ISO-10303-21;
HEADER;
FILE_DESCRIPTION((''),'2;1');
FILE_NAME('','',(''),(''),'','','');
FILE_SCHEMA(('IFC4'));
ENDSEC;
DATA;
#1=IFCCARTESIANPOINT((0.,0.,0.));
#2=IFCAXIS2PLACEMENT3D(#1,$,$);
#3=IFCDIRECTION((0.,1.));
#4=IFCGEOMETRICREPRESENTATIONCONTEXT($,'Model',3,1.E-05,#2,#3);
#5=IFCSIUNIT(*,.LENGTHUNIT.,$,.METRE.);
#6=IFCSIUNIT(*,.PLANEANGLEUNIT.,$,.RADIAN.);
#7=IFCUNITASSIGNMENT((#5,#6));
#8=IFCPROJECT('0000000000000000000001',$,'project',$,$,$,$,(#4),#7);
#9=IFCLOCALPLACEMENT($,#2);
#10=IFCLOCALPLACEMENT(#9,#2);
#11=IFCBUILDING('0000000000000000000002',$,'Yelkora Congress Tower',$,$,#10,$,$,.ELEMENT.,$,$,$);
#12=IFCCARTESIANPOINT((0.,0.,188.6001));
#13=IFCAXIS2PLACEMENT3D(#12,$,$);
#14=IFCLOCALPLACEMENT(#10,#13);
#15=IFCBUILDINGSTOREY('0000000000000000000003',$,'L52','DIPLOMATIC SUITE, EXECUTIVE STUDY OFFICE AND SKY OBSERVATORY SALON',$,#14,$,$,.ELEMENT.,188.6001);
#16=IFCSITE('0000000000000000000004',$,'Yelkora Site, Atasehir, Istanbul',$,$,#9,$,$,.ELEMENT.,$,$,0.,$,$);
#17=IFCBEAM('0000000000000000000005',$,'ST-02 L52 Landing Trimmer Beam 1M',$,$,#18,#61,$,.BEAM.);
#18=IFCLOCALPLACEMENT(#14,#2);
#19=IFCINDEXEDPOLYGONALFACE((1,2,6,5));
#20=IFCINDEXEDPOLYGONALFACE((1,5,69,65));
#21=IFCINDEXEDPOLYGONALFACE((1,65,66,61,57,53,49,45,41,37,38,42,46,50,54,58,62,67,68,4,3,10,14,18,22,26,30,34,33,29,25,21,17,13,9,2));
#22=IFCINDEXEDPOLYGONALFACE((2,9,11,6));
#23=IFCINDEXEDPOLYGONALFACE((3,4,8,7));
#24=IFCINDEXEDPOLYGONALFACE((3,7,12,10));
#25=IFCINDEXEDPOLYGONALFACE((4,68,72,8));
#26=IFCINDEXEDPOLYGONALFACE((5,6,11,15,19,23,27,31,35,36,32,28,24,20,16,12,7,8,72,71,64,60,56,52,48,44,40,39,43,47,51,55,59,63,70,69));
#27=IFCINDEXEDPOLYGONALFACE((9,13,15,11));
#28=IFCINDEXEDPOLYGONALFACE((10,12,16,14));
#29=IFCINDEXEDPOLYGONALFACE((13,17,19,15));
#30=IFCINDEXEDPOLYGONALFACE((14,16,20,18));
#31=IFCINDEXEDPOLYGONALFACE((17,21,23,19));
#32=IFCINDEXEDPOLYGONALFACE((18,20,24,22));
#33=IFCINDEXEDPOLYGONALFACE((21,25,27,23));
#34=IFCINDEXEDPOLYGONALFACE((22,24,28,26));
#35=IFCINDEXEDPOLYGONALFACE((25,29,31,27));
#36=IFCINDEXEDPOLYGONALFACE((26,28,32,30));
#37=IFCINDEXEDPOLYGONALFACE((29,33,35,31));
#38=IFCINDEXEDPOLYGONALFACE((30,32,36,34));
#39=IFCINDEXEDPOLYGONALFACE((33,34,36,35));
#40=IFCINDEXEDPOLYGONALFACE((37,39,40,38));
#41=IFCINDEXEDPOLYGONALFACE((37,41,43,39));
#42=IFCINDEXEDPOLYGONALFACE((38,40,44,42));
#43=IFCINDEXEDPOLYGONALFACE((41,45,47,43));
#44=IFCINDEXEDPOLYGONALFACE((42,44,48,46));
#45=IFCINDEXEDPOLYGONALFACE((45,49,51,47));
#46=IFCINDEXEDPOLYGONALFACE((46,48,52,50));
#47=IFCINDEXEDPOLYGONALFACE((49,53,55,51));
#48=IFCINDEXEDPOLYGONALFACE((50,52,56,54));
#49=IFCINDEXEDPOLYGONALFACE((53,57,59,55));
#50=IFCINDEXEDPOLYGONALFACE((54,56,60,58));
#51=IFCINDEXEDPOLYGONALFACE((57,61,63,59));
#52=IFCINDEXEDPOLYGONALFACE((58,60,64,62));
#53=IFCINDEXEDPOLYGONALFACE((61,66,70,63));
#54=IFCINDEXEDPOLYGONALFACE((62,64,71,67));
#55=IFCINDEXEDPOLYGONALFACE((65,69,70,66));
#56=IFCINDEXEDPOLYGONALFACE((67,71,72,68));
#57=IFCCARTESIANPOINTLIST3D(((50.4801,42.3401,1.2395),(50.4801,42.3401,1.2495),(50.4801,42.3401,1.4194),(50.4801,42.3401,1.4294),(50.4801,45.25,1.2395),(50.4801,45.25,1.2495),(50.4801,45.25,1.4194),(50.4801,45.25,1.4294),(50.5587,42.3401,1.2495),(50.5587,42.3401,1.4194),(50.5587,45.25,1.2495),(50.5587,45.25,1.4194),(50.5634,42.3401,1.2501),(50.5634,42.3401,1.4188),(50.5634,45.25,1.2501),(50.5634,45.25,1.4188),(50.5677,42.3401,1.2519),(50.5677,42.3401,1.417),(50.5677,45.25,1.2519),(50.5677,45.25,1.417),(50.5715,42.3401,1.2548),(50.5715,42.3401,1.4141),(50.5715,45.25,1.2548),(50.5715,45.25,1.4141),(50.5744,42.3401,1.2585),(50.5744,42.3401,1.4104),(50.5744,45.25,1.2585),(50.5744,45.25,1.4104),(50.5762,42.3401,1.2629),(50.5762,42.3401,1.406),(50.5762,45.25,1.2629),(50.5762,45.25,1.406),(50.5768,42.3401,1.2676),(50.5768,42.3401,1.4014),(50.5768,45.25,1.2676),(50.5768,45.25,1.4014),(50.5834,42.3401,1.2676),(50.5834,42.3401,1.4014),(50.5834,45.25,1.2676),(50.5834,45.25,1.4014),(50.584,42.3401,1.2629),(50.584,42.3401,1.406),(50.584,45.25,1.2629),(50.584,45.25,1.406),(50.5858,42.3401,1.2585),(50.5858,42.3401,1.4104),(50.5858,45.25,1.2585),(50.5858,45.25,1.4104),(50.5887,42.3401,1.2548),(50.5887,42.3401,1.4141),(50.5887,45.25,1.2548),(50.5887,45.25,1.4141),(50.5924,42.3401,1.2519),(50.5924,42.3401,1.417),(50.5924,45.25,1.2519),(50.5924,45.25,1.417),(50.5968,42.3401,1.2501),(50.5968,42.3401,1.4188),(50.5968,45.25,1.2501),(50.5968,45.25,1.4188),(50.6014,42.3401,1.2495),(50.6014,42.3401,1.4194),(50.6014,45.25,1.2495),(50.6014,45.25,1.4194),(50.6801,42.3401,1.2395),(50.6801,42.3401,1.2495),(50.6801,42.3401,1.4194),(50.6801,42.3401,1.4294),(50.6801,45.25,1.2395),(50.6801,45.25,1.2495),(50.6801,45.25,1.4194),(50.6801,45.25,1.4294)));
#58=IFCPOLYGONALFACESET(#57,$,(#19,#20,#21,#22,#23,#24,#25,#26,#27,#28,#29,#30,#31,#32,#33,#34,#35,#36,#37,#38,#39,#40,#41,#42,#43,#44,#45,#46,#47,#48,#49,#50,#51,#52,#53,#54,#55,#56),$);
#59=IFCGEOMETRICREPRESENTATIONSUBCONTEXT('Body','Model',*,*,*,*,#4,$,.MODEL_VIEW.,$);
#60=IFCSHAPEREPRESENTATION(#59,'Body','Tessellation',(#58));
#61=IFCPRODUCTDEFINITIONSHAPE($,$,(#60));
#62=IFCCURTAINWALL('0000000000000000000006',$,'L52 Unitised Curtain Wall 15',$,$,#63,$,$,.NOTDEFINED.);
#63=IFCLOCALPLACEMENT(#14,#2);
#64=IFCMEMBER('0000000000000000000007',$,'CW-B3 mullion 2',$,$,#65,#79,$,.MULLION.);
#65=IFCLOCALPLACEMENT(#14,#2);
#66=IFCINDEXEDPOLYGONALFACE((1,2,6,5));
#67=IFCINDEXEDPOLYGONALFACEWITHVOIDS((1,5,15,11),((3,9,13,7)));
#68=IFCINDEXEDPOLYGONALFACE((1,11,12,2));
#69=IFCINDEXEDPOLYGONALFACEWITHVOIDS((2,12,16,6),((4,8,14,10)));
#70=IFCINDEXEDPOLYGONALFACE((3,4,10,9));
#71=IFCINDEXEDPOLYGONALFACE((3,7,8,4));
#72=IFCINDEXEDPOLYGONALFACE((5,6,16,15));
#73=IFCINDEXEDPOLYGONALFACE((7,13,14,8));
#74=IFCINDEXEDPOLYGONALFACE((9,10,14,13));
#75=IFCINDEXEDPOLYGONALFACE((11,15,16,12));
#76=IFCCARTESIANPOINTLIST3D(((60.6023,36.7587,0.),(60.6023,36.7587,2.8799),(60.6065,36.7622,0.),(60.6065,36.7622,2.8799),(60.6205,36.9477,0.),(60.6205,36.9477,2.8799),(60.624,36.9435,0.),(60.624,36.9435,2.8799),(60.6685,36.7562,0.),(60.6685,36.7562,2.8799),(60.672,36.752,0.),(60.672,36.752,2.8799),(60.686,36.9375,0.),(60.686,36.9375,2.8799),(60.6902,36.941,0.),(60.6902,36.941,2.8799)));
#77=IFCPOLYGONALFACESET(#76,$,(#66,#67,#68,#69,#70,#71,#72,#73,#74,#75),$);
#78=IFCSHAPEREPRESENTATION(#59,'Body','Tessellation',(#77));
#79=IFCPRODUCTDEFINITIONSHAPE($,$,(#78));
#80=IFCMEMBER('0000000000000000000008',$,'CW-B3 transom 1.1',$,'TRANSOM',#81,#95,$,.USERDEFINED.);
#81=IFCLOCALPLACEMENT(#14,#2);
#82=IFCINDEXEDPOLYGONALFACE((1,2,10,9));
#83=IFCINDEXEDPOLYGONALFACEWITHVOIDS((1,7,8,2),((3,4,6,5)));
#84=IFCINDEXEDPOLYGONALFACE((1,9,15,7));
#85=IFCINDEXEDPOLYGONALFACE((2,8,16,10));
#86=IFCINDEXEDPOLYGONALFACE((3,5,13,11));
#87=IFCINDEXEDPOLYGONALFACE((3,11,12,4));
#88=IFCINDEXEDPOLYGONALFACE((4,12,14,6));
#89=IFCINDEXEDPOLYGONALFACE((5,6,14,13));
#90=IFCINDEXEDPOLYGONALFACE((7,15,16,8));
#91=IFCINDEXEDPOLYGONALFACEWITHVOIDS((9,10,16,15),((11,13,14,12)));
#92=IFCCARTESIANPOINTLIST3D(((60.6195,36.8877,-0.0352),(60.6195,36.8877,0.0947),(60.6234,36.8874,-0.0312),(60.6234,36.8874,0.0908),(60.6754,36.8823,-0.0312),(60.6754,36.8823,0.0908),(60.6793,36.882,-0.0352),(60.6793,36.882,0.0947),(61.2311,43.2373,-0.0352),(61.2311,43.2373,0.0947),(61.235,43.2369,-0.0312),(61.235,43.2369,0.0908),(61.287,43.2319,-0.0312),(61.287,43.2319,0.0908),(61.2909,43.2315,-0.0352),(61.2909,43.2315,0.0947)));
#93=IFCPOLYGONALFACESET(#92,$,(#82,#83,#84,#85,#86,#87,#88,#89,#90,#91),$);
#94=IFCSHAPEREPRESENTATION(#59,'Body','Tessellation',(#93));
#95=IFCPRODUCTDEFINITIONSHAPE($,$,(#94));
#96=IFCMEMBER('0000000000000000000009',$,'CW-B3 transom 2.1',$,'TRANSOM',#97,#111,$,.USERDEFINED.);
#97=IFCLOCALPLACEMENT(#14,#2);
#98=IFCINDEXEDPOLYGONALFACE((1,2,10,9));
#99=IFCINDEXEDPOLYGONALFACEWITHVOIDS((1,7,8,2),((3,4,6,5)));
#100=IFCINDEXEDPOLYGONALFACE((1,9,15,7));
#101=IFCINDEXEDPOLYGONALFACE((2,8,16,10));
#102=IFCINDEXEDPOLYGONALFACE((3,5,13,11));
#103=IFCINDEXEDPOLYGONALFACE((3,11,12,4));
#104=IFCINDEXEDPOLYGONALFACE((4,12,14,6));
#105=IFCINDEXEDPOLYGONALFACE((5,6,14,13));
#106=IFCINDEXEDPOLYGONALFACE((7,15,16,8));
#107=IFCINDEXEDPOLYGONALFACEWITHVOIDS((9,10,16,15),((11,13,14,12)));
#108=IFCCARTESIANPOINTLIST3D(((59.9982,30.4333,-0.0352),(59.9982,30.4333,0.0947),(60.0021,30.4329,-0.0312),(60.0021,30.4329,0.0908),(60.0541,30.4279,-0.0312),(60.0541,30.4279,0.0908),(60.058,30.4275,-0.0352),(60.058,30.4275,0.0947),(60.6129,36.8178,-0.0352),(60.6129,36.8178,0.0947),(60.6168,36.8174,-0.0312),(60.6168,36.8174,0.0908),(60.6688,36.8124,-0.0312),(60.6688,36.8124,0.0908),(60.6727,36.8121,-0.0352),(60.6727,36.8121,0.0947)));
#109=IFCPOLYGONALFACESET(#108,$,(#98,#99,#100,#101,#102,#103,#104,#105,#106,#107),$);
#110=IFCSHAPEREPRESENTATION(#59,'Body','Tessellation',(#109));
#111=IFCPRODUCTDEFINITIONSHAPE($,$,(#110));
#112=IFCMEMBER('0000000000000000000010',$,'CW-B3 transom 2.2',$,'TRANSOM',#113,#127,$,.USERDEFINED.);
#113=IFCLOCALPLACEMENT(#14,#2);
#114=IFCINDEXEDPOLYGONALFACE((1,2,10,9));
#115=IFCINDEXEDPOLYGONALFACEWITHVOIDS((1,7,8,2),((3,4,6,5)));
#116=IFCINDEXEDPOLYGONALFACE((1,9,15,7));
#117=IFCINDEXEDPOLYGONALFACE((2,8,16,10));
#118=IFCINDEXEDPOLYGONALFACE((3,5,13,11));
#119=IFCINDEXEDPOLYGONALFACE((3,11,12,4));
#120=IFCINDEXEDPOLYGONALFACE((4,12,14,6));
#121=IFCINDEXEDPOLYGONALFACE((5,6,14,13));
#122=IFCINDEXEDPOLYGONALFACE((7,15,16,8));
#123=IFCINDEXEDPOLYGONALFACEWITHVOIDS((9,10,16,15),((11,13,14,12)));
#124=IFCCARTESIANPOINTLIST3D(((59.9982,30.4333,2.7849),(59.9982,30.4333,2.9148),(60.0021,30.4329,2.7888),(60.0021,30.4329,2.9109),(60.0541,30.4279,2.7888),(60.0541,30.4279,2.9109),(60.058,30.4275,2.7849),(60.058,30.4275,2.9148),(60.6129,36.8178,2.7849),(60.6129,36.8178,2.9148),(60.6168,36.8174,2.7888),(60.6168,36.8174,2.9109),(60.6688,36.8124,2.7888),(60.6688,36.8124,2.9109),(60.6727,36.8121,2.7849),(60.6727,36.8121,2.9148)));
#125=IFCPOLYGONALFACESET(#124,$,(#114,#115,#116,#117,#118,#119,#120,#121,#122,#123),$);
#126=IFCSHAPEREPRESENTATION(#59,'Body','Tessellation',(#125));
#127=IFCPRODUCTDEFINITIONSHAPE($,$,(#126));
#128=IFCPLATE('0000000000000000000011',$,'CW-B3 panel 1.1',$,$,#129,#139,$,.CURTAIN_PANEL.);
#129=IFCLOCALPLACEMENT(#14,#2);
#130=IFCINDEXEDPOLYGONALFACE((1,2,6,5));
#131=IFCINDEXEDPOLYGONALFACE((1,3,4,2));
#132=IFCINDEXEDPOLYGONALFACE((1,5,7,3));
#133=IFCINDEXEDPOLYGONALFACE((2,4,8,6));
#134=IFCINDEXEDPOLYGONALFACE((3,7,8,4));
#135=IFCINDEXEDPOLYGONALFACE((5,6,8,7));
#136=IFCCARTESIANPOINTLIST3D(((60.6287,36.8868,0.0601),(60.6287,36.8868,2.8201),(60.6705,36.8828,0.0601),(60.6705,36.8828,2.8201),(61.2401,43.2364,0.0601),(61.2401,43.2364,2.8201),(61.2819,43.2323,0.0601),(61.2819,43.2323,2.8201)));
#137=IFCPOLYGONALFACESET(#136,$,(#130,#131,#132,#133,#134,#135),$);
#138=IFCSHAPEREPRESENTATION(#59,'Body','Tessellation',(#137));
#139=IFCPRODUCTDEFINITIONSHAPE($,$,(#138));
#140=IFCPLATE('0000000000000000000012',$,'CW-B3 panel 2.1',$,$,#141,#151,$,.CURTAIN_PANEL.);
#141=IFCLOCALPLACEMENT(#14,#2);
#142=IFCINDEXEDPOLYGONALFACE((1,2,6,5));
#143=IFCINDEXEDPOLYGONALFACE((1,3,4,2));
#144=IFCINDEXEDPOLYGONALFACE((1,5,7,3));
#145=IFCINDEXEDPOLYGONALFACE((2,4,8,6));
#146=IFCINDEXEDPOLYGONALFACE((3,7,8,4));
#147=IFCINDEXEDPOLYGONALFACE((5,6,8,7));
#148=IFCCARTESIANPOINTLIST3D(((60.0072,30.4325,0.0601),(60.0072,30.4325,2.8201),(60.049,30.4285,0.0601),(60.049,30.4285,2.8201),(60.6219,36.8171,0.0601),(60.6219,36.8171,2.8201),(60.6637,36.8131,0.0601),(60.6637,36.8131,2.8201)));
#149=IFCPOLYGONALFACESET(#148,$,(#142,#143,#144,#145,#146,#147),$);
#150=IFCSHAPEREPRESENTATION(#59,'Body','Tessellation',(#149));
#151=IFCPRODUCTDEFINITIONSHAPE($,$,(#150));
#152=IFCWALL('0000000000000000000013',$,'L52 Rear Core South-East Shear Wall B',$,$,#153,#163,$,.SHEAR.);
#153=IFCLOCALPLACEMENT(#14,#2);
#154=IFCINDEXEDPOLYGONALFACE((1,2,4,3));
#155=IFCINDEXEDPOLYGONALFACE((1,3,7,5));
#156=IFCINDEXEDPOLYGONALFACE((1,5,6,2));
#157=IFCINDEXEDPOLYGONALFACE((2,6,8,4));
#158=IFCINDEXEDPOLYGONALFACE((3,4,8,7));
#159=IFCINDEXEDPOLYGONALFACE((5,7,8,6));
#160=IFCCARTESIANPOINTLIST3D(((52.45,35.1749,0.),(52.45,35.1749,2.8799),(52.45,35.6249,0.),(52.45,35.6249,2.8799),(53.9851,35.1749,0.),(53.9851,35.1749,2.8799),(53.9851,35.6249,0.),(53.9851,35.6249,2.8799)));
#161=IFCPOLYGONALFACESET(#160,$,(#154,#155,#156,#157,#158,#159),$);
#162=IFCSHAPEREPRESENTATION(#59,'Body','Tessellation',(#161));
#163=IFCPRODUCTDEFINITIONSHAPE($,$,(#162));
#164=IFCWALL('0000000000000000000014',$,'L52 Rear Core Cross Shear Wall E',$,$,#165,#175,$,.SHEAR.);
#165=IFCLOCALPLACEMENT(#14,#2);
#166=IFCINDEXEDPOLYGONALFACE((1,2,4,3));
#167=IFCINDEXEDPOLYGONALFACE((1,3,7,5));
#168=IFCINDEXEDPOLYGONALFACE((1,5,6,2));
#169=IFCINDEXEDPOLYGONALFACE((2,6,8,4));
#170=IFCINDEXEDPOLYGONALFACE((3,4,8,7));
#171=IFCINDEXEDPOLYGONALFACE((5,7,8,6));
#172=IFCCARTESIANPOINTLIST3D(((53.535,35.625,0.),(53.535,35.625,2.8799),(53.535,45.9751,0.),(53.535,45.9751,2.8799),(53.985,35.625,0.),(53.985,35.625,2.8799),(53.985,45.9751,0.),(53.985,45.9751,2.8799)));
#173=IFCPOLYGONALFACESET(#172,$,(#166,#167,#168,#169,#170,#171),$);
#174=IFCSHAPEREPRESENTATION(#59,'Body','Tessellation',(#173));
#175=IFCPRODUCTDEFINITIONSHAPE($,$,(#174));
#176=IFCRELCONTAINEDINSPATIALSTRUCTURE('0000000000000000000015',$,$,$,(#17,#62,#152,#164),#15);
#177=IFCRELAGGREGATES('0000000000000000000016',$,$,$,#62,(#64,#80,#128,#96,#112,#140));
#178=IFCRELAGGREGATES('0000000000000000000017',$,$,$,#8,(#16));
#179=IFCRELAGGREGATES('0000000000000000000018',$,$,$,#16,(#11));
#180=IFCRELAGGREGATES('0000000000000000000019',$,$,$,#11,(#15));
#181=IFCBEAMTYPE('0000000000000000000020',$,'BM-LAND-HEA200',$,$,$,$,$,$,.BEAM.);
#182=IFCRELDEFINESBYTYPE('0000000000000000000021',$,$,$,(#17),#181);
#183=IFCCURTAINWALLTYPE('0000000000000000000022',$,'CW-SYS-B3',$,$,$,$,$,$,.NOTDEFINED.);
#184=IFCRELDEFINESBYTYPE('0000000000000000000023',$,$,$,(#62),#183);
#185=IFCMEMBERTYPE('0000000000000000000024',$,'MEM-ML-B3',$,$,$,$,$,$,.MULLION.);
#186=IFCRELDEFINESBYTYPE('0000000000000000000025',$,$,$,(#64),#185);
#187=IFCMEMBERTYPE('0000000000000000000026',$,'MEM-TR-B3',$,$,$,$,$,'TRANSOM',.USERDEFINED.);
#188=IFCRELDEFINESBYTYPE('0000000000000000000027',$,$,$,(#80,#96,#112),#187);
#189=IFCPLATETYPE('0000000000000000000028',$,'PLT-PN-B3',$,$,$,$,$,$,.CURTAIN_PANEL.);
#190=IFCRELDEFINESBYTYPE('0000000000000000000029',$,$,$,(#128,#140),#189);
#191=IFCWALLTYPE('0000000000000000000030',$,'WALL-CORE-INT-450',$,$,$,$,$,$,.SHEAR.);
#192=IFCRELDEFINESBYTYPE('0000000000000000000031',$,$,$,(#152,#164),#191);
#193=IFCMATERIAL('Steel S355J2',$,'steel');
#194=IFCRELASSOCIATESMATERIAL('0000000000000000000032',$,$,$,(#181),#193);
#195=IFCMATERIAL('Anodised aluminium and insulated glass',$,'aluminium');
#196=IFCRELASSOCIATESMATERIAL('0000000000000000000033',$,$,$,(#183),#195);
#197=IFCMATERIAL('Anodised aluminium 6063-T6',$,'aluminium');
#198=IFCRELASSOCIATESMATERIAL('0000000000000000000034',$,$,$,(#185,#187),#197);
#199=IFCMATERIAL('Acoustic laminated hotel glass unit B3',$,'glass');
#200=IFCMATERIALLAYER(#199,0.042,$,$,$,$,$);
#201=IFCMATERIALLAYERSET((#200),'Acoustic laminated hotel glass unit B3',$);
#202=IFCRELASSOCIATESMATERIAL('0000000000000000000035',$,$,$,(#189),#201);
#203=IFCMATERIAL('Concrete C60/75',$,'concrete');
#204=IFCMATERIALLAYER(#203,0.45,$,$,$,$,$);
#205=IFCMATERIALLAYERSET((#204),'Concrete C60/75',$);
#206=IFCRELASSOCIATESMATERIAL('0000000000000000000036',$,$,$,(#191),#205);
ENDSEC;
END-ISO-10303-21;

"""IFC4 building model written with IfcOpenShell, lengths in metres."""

from ifc_helpers import new_model, si_unit, direction, frame, frame_2d, origin, origin_2d, place, context, subcontext, project, spatial, rectangle, hollow_rectangle, i_section, extrude, material, layer, layer_set, material_profile, profile_set, type_object, element, aggregate, save


model = new_model("IFC4")

# Units and contexts
model_context = context("Model", 3, precision=1e-05, world=origin(), true_north=direction((0.0, 1.0)))
body_context = subcontext(model_context, "Body", "Model", "MODEL_VIEW")
ifc_project = project(units=[si_unit("LENGTHUNIT", "METRE"), si_unit("PLANEANGLEUNIT", "RADIAN")], contexts=[model_context])

# Site, building, storey
site_placement = place(None, origin())
site = spatial("IfcSite", under=ifc_project, at=site_placement, Name="Yelkora Site, Atasehir, Istanbul", CompositionType="ELEMENT", RefElevation=0.0)
building_placement = place(site_placement, origin())
building = spatial("IfcBuilding", under=site, at=building_placement, Name="Yelkora Congress Tower", CompositionType="ELEMENT")
storey_placement = place(building_placement, frame((0.0, 0.0, 188.6001)))
storey = spatial("IfcBuildingStorey", under=building, at=storey_placement, Name="L52", Description="DIPLOMATIC SUITE, EXECUTIVE STUDY OFFICE AND SKY OBSERVATORY SALON", CompositionType="ELEMENT", Elevation=188.6001)

# Beam
ifc_material_1 = material(Name="Steel S355J2", Category="steel")
ifc_material_profile_1 = material_profile(ifc_material_1, i_section(OverallWidth=0.2, OverallDepth=0.1899, WebThickness=0.0066, FlangeThickness=0.01, FilletRadius=0.0181, at=origin_2d()), Name="HEA 200")
ifc_profile_set_1 = profile_set([ifc_material_profile_1], Name="Steel S355J2")
beam_type_1 = type_object("IfcBeamType", Name="BM-LAND-HEA200", PredefinedType="BEAM", material=ifc_profile_set_1)
beam_1_placement = place(storey_placement, frame((50.5801, 42.3401, 1.3345), z_axis=(0.0, 1.0, 0.0), x_axis=(-1.0, 0.0, 0.0)))
element("IfcBeam", 1, at=beam_1_placement, inside=storey, type_object=beam_type_1, Name="ST-02 L52 Landing Trimmer Beam 1M", PredefinedType="BEAM", context=body_context, shape_type="SweptSolid", body=[
    extrude(i_section(OverallWidth=0.2, OverallDepth=0.1899, WebThickness=0.0066, FlangeThickness=0.01, FilletRadius=0.0181, at=origin_2d()), origin(), (0.0, 0.0, 1.0), 2.9099),
])

# Curtain wall, members, plates
ifc_material_2 = material(Name="Anodised aluminium and insulated glass", Category="aluminium")
curtain_wall_type = type_object("IfcCurtainWallType", Name="CW-SYS-B3", PredefinedType="NOTDEFINED", material=ifc_material_2)
curtain_wall_placement = place(storey_placement, origin())
curtain_wall = element("IfcCurtainWall", 2, at=curtain_wall_placement, inside=storey, type_object=curtain_wall_type, Name="L52 Unitised Curtain Wall 15", PredefinedType="NOTDEFINED")
ifc_material_3 = material(Name="Anodised aluminium 6063-T6", Category="aluminium")
ifc_material_profile_2 = material_profile(ifc_material_3, hollow_rectangle(XDim=0.0701, YDim=0.1899, WallThickness=0.0039, at=origin_2d()), Name="ALU 70x190x4")
ifc_profile_set_2 = profile_set([ifc_material_profile_2], Name="Anodised aluminium 6063-T6")
member_type_1 = type_object("IfcMemberType", Name="MEM-ML-B3", PredefinedType="MULLION", material=ifc_profile_set_2)
member_1_placement = place(storey_placement, frame((60.6462, 36.8499, 0.0), z_axis=(0.0, 0.0, 1.0), x_axis=(0.995397, -0.095842, 0.0)))
member_1 = element("IfcMember", 3, at=member_1_placement, type_object=member_type_1, Name="CW-B3 mullion 2", PredefinedType="MULLION", context=body_context, shape_type="SweptSolid", body=[
    extrude(hollow_rectangle(XDim=0.0701, YDim=0.1899, WallThickness=0.0039, at=origin_2d()), origin(), (0.0, 0.0, 1.0), 2.8799),
])
ifc_material_profile_3 = material_profile(ifc_material_3, hollow_rectangle(XDim=0.0601, YDim=0.1299, WallThickness=0.0039, at=origin_2d()), Name="ALU 60x130x4")
ifc_profile_set_3 = profile_set([ifc_material_profile_3], Name="Anodised aluminium 6063-T6")
member_type_2 = type_object("IfcMemberType", Name="MEM-TR-B3", ElementType="TRANSOM", PredefinedType="USERDEFINED", material=ifc_profile_set_3)
member_2_placement = place(storey_placement, frame((61.261, 43.2344, 0.0298), z_axis=(-0.095873, -0.995394, 0.0), x_axis=(0.995394, -0.095873, 0.0)))
member_2 = element("IfcMember", 4, at=member_2_placement, type_object=member_type_2, Name="CW-B3 transom 1.1", ObjectType="TRANSOM", PredefinedType="USERDEFINED", context=body_context, shape_type="SweptSolid", body=[
    extrude(hollow_rectangle(XDim=0.0601, YDim=0.1299, WallThickness=0.0039, at=origin_2d()), origin(), (0.0, 0.0, 1.0), 6.3789),
])
member_3_placement = place(storey_placement, frame((60.6428, 36.8149, 0.0298), z_axis=(-0.095844, -0.995396, 0.0), x_axis=(0.995396, -0.095844, 0.0)))
member_3 = element("IfcMember", 5, at=member_3_placement, type_object=member_type_2, Name="CW-B3 transom 2.1", ObjectType="TRANSOM", PredefinedType="USERDEFINED", context=body_context, shape_type="SweptSolid", body=[
    extrude(hollow_rectangle(XDim=0.0601, YDim=0.1299, WallThickness=0.0039, at=origin_2d()), origin(), (0.0, 0.0, 1.0), 6.4141),
])
member_4_placement = place(storey_placement, frame((60.6428, 36.8149, 2.8499), z_axis=(-0.095844, -0.995396, 0.0), x_axis=(0.995396, -0.095844, 0.0)))
member_4 = element("IfcMember", 6, at=member_4_placement, type_object=member_type_2, Name="CW-B3 transom 2.2", ObjectType="TRANSOM", PredefinedType="USERDEFINED", context=body_context, shape_type="SweptSolid", body=[
    extrude(hollow_rectangle(XDim=0.0601, YDim=0.1299, WallThickness=0.0039, at=origin_2d()), origin(), (0.0, 0.0, 1.0), 6.4141),
])
ifc_material_4 = material(Name="Acoustic laminated hotel glass unit B3", Category="glass")
ifc_layer_1 = layer(ifc_material_4, 0.042)
ifc_layer_set_1 = layer_set([ifc_layer_1], Name="Acoustic laminated hotel glass unit B3")
plate_type = type_object("IfcPlateType", Name="PLT-PN-B3", PredefinedType="CURTAIN_PANEL", material=ifc_layer_set_1)
plate_1_placement = place(storey_placement, frame((60.9553, 40.0596, 0.0601), z_axis=(0.0, 0.0, 1.0), x_axis=(-0.095842, -0.995397, 0.0)))
plate_1 = element("IfcPlate", 7, at=plate_1_placement, type_object=plate_type, Name="CW-B3 panel 1.1", PredefinedType="CURTAIN_PANEL", context=body_context, shape_type="SweptSolid", body=[
    extrude(rectangle(XDim=6.3789, YDim=0.042, at=origin_2d()), origin(), (0.0, 0.0, 1.0), 2.76),
])
plate_2_placement = place(storey_placement, frame((60.3354, 33.6228, 0.0601), z_axis=(0.0, 0.0, 1.0), x_axis=(-0.095842, -0.995397, 0.0)))
plate_2 = element("IfcPlate", 8, at=plate_2_placement, type_object=plate_type, Name="CW-B3 panel 2.1", PredefinedType="CURTAIN_PANEL", context=body_context, shape_type="SweptSolid", body=[
    extrude(rectangle(XDim=6.4141, YDim=0.042, at=origin_2d()), origin(), (0.0, 0.0, 1.0), 2.76),
])
aggregate(curtain_wall, [member_1, member_2, plate_1, member_3, member_4, plate_2])

# Walls
ifc_material_5 = material(Name="Concrete C60/75", Category="concrete")
ifc_layer_2 = layer(ifc_material_5, 0.45)
ifc_layer_set_2 = layer_set([ifc_layer_2], Name="Concrete C60/75")
wall_type_1 = type_object("IfcWallType", Name="WALL-CORE-INT-450", PredefinedType="SHEAR", material=ifc_layer_set_2)
wall_1_placement = place(storey_placement, frame((52.45, 35.3999, 0.0), z_axis=(0.0, 0.0, 1.0), x_axis=(1.0, 0.0, 0.0)))
element("IfcWall", 9, at=wall_1_placement, inside=storey, type_object=wall_type_1, Name="L52 Rear Core South-East Shear Wall B", PredefinedType="SHEAR", context=body_context, shape_type="SweptSolid", body=[
    extrude(rectangle(XDim=1.5352, YDim=0.45, at=frame_2d((0.7676, 0.0))), origin(), (0.0, 0.0, 1.0), 2.8799),
])
wall_2_placement = place(storey_placement, frame((53.76, 35.625, 0.0), z_axis=(0.0, 0.0, 1.0), x_axis=(0.0, 1.0, 0.0)))
element("IfcWall", 10, at=wall_2_placement, inside=storey, type_object=wall_type_1, Name="L52 Rear Core Cross Shear Wall E", PredefinedType="SHEAR", context=body_context, shape_type="SweptSolid", body=[
    extrude(rectangle(XDim=10.3501, YDim=0.45, at=frame_2d((5.175, 0.0))), origin(), (0.0, 0.0, 1.0), 2.8799),
])

save(model, "model.ifc")
